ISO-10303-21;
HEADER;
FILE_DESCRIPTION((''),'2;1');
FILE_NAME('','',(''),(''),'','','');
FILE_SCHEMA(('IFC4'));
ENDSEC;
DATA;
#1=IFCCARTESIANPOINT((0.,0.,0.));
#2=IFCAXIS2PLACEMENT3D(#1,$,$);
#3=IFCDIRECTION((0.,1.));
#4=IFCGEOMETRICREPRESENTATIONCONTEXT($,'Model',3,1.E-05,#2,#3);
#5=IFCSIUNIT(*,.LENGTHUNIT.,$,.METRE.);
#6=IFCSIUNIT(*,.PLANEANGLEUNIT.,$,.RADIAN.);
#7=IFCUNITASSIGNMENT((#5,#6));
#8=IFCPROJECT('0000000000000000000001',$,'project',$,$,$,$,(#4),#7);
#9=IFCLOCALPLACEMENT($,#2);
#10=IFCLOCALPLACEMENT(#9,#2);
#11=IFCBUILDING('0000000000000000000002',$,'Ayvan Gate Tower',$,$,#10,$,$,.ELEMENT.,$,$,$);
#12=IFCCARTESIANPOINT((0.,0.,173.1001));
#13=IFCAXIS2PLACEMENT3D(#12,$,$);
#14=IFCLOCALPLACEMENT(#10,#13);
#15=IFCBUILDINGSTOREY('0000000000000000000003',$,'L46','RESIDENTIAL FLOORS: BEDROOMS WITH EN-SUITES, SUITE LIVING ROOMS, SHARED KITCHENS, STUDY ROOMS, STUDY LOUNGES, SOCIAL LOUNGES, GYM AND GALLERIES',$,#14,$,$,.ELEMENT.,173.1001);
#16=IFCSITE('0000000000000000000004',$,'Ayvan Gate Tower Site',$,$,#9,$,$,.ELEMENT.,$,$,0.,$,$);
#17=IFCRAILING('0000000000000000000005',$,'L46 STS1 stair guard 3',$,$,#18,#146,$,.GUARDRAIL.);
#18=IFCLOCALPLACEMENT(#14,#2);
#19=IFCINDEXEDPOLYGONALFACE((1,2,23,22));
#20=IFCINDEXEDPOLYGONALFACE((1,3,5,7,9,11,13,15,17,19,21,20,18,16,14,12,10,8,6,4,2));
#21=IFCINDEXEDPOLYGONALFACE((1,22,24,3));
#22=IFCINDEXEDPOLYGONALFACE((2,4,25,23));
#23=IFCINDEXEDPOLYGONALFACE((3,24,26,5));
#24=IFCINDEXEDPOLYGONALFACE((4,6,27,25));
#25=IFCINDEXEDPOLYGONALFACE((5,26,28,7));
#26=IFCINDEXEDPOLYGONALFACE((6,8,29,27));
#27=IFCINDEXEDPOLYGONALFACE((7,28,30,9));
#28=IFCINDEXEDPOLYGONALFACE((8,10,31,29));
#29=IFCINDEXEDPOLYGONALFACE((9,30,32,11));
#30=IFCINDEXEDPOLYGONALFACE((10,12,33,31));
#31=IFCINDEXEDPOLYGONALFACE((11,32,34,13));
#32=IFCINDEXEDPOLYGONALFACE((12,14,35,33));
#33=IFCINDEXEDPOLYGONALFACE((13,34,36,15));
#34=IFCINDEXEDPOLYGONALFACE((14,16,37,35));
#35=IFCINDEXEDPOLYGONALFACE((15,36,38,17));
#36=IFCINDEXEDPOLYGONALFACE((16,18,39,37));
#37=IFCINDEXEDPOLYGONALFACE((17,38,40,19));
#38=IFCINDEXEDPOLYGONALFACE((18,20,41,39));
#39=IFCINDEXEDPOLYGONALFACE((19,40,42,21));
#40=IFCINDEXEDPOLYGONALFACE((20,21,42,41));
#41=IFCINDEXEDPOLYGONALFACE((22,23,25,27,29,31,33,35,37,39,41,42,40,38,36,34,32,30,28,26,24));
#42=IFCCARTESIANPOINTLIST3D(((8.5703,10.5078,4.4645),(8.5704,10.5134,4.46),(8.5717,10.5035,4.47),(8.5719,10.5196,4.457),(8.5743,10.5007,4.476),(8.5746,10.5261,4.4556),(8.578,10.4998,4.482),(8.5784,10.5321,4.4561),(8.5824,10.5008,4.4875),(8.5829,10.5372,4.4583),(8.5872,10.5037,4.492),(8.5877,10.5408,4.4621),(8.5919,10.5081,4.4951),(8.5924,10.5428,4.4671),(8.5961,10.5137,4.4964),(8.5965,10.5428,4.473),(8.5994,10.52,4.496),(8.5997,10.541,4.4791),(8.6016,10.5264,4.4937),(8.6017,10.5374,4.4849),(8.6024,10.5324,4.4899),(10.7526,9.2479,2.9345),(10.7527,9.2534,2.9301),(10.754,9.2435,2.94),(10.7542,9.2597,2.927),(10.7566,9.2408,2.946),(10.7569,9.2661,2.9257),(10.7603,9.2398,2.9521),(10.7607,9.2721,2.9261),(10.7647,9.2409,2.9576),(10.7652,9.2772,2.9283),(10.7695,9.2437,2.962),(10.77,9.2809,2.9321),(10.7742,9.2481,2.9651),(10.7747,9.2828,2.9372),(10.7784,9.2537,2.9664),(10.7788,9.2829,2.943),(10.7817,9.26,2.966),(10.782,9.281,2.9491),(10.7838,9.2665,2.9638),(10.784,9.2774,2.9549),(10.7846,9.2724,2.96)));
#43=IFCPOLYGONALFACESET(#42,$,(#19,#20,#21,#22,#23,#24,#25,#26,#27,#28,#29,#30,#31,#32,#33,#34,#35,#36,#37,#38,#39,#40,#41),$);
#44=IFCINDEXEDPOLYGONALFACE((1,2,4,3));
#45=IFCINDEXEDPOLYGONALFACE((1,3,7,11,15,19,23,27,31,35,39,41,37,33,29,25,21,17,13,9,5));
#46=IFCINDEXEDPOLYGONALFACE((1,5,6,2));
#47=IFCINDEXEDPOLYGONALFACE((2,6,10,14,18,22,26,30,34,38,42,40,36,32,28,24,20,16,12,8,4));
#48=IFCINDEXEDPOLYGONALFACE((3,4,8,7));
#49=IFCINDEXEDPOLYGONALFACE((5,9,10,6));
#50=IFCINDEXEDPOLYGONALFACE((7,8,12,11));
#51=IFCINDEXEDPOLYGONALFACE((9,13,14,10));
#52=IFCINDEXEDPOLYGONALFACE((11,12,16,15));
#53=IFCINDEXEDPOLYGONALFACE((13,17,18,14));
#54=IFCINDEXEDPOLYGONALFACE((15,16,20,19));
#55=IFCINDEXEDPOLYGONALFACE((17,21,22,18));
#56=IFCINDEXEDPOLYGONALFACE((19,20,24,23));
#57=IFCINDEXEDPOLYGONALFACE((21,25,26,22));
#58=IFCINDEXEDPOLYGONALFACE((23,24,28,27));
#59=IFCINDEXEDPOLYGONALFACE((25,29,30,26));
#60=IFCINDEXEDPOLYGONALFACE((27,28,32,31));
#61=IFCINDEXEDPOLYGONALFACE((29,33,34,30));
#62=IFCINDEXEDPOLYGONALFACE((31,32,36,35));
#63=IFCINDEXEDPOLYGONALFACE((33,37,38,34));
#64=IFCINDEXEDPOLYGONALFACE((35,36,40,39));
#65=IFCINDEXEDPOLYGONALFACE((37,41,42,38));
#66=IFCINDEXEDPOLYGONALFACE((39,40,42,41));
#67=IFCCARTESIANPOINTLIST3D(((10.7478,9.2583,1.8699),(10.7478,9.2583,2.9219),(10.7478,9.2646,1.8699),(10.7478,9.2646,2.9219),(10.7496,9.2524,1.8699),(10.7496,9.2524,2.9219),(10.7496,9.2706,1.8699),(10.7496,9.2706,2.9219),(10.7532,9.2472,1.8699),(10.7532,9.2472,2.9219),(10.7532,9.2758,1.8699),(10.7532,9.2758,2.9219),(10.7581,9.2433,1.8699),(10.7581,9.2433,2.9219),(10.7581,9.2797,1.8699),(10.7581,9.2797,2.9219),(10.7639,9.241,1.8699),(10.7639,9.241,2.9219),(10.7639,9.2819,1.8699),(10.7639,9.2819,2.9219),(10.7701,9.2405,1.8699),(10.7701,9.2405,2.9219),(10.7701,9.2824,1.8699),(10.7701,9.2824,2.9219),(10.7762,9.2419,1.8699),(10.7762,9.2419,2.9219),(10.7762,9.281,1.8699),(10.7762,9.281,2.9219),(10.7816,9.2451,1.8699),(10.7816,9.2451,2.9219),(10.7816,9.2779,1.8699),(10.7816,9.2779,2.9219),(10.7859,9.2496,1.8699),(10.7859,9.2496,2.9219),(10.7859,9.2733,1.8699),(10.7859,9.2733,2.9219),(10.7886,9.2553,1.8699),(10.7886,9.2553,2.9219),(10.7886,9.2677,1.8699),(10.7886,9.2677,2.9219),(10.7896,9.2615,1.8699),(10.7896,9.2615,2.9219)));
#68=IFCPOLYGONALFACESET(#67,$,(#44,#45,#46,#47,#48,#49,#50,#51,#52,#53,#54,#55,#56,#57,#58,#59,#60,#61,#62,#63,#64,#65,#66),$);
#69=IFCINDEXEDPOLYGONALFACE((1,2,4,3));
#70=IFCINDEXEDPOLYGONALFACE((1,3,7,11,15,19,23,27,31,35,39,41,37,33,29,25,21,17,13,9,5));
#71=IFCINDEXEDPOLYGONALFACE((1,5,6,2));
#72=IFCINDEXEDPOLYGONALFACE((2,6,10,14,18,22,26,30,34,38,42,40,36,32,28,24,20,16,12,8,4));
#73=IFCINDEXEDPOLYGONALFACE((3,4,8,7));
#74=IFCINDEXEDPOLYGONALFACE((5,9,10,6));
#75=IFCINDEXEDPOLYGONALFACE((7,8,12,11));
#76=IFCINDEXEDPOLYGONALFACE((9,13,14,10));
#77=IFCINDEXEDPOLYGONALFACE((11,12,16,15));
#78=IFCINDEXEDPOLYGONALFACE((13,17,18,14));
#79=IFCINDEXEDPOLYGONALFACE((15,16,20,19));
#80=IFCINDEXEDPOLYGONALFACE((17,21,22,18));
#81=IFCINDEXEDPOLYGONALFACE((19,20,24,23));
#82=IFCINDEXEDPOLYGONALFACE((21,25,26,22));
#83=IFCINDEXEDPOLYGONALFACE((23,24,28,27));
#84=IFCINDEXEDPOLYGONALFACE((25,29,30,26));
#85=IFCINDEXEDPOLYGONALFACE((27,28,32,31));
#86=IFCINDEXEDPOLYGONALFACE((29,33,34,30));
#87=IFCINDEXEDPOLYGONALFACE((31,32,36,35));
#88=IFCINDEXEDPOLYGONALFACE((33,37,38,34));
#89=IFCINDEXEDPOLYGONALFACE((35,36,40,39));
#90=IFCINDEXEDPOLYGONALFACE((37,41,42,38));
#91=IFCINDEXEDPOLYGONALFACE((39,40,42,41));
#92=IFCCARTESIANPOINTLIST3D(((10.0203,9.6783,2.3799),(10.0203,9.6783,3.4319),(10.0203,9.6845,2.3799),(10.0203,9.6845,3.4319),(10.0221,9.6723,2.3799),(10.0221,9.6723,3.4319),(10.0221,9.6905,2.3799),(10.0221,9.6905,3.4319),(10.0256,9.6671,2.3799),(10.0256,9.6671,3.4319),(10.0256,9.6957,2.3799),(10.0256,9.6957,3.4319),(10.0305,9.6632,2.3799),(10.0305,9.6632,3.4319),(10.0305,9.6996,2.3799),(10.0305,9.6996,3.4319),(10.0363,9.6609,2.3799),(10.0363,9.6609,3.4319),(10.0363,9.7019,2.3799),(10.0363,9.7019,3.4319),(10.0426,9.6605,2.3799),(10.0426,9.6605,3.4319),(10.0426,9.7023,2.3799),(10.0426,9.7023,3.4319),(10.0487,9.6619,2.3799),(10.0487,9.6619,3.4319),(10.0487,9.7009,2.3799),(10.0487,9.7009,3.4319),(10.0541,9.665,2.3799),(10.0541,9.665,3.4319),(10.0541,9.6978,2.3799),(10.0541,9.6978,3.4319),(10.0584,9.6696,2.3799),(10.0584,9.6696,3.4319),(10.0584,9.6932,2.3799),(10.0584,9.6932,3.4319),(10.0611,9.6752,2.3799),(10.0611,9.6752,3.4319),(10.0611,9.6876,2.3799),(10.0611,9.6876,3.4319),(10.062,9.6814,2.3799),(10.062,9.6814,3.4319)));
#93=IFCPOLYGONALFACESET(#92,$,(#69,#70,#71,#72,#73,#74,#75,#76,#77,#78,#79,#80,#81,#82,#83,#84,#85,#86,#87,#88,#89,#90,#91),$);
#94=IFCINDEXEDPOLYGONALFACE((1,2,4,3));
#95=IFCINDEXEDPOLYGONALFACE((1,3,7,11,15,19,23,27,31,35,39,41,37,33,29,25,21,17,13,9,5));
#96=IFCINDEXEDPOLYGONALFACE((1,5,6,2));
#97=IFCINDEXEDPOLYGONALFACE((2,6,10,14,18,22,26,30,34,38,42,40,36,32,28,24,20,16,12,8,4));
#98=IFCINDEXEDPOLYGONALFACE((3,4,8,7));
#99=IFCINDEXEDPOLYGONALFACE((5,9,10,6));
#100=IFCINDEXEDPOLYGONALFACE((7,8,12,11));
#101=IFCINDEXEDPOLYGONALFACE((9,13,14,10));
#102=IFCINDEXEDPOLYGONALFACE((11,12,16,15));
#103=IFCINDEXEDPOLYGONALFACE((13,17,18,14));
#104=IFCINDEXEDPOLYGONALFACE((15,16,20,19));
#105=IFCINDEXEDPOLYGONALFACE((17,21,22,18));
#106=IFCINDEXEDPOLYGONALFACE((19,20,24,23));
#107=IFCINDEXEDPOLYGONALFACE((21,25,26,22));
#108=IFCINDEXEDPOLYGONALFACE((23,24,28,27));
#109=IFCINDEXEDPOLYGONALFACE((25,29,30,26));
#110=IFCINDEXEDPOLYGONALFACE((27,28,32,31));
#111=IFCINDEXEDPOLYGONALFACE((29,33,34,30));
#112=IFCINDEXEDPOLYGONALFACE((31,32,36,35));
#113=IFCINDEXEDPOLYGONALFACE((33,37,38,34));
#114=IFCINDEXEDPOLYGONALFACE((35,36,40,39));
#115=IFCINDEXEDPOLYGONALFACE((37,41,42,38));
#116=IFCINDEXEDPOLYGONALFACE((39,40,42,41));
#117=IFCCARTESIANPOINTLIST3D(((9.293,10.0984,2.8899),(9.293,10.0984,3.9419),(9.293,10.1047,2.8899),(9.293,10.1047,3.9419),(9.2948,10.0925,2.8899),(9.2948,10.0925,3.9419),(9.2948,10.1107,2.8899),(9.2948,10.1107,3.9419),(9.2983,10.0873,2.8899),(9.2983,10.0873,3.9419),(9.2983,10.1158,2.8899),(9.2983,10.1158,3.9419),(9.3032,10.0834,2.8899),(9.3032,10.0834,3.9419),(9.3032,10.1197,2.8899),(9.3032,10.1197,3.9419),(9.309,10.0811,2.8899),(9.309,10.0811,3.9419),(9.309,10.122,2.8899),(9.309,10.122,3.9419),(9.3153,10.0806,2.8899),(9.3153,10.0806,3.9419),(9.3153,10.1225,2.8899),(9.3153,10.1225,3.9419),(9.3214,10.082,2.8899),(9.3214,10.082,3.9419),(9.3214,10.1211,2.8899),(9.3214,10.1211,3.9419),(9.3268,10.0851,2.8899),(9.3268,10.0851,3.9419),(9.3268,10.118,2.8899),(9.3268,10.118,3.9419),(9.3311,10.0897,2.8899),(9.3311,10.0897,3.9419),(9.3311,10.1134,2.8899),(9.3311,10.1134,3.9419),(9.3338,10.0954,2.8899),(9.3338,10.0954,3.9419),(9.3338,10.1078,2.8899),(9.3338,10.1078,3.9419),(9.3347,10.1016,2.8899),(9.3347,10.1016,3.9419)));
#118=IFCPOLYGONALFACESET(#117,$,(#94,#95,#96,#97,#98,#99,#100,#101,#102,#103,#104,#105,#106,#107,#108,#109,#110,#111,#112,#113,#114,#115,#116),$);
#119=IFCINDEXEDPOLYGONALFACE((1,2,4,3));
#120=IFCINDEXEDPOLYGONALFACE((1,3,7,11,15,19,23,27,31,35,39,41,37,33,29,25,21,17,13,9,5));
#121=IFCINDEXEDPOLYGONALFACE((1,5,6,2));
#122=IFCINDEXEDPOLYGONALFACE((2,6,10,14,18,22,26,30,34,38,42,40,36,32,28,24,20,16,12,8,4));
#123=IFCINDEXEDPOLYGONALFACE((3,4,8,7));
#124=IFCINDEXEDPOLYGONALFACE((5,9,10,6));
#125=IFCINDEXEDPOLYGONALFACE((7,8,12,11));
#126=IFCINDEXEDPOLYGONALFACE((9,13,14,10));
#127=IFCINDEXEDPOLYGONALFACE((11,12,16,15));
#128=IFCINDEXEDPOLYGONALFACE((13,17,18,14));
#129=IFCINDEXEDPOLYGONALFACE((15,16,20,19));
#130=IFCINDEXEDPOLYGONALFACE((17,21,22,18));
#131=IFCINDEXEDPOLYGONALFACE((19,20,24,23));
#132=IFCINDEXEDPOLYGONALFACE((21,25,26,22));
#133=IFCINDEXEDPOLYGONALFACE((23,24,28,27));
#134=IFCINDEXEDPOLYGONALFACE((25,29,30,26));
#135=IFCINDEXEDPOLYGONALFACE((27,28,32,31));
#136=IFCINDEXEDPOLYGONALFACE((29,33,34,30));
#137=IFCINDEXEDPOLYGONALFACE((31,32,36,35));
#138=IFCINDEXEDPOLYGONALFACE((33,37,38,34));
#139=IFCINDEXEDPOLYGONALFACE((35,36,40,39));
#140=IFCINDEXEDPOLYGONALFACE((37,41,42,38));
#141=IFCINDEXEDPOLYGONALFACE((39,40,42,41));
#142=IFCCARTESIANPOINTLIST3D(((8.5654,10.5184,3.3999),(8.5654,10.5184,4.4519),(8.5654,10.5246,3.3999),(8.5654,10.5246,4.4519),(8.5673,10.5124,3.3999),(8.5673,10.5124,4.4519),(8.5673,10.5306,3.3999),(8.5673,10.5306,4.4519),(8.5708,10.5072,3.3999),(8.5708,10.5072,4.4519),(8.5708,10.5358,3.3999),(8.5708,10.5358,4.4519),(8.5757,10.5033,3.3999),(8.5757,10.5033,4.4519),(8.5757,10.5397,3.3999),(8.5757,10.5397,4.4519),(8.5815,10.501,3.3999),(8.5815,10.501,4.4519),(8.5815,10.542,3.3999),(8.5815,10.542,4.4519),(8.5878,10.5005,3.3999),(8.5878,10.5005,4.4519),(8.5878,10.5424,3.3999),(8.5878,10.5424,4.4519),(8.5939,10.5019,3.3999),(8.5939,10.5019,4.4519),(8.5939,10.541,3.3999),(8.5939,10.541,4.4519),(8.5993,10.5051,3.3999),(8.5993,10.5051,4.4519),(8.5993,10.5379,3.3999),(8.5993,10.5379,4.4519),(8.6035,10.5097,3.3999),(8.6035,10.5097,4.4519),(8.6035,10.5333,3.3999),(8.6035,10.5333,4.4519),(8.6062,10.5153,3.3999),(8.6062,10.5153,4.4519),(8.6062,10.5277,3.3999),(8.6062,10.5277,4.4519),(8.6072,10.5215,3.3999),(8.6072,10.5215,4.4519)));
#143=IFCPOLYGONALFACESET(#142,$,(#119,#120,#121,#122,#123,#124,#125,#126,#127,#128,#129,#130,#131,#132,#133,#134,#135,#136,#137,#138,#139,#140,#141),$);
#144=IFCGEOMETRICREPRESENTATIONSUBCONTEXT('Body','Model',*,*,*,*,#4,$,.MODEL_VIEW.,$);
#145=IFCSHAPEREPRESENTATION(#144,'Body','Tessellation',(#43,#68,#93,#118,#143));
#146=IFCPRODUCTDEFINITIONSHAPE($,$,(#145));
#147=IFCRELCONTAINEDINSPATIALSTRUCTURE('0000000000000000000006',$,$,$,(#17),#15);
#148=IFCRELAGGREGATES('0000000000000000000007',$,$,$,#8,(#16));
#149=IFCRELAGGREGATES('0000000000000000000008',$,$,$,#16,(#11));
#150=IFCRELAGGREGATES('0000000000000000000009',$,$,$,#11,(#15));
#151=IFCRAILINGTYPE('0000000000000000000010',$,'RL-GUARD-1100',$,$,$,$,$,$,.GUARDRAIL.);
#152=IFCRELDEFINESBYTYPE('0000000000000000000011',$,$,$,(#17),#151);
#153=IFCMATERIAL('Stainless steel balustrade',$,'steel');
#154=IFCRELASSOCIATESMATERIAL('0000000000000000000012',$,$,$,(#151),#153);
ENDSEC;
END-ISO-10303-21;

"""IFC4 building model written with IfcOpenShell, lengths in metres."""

from ifc_helpers import new_model, si_unit, direction, frame, origin, origin_2d, place, context, subcontext, project, spatial, circle, extrude, material, type_object, element, save


model = new_model("IFC4")

# Units and contexts
model_context = context("Model", 3, precision=1e-05, world=origin(), true_north=direction((0.0, 1.0)))
body_context = subcontext(model_context, "Body", "Model", "MODEL_VIEW")
ifc_project = project(units=[si_unit("LENGTHUNIT", "METRE"), si_unit("PLANEANGLEUNIT", "RADIAN")], contexts=[model_context])

# Site, building, storey
site_placement = place(None, origin())
site = spatial("IfcSite", under=ifc_project, at=site_placement, Name="Ayvan Gate Tower Site", CompositionType="ELEMENT", RefElevation=0.0)
building_placement = place(site_placement, origin())
building = spatial("IfcBuilding", under=site, at=building_placement, Name="Ayvan Gate Tower", CompositionType="ELEMENT")
storey_placement = place(building_placement, frame((0.0, 0.0, 173.1001)))
storey = spatial("IfcBuildingStorey", under=building, at=storey_placement, Name="L46", Description="RESIDENTIAL FLOORS: BEDROOMS WITH EN-SUITES, SUITE LIVING ROOMS, SHARED KITCHENS, STUDY ROOMS, STUDY LOUNGES, SOCIAL LOUNGES, GYM AND GALLERIES", CompositionType="ELEMENT", Elevation=173.1001)

# Railing
ifc_material_1 = material(Name="Stainless steel balustrade", Category="steel")
railing_type_1 = type_object("IfcRailingType", Name="RL-GUARD-1100", PredefinedType="GUARDRAIL", material=ifc_material_1)
railing_1_placement = place(storey_placement, frame((10.7686, 9.2615, 1.8699)))
element("IfcRailing", 1, at=railing_1_placement, inside=storey, type_object=railing_type_1, Name="L46 STS1 stair guard 3", PredefinedType="GUARDRAIL", context=body_context, shape_type="SweptSolid", body=[
    extrude(circle(Radius=0.0239, at=origin_2d()), frame((0.0, 0.0, 1.0762), z_axis=(-0.740261, 0.427395, 0.518986), x_axis=(-0.500005, -0.866023, 0.0)), (0.0, 0.0, 1.0), 2.948),
    extrude(circle(Radius=0.021, at=origin_2d()), origin(), (0.0, 0.0, 1.0), 1.052),
    extrude(circle(Radius=0.021, at=origin_2d()), frame((-0.7275, 0.4199, 0.51)), (0.0, 0.0, 1.0), 1.052),
    extrude(circle(Radius=0.021, at=origin_2d()), frame((-1.4548, 0.8401, 1.02)), (0.0, 0.0, 1.0), 1.052),
    extrude(circle(Radius=0.021, at=origin_2d()), frame((-2.1824, 1.26, 1.53)), (0.0, 0.0, 1.0), 1.052),
])

save(model, "model.ifc")
